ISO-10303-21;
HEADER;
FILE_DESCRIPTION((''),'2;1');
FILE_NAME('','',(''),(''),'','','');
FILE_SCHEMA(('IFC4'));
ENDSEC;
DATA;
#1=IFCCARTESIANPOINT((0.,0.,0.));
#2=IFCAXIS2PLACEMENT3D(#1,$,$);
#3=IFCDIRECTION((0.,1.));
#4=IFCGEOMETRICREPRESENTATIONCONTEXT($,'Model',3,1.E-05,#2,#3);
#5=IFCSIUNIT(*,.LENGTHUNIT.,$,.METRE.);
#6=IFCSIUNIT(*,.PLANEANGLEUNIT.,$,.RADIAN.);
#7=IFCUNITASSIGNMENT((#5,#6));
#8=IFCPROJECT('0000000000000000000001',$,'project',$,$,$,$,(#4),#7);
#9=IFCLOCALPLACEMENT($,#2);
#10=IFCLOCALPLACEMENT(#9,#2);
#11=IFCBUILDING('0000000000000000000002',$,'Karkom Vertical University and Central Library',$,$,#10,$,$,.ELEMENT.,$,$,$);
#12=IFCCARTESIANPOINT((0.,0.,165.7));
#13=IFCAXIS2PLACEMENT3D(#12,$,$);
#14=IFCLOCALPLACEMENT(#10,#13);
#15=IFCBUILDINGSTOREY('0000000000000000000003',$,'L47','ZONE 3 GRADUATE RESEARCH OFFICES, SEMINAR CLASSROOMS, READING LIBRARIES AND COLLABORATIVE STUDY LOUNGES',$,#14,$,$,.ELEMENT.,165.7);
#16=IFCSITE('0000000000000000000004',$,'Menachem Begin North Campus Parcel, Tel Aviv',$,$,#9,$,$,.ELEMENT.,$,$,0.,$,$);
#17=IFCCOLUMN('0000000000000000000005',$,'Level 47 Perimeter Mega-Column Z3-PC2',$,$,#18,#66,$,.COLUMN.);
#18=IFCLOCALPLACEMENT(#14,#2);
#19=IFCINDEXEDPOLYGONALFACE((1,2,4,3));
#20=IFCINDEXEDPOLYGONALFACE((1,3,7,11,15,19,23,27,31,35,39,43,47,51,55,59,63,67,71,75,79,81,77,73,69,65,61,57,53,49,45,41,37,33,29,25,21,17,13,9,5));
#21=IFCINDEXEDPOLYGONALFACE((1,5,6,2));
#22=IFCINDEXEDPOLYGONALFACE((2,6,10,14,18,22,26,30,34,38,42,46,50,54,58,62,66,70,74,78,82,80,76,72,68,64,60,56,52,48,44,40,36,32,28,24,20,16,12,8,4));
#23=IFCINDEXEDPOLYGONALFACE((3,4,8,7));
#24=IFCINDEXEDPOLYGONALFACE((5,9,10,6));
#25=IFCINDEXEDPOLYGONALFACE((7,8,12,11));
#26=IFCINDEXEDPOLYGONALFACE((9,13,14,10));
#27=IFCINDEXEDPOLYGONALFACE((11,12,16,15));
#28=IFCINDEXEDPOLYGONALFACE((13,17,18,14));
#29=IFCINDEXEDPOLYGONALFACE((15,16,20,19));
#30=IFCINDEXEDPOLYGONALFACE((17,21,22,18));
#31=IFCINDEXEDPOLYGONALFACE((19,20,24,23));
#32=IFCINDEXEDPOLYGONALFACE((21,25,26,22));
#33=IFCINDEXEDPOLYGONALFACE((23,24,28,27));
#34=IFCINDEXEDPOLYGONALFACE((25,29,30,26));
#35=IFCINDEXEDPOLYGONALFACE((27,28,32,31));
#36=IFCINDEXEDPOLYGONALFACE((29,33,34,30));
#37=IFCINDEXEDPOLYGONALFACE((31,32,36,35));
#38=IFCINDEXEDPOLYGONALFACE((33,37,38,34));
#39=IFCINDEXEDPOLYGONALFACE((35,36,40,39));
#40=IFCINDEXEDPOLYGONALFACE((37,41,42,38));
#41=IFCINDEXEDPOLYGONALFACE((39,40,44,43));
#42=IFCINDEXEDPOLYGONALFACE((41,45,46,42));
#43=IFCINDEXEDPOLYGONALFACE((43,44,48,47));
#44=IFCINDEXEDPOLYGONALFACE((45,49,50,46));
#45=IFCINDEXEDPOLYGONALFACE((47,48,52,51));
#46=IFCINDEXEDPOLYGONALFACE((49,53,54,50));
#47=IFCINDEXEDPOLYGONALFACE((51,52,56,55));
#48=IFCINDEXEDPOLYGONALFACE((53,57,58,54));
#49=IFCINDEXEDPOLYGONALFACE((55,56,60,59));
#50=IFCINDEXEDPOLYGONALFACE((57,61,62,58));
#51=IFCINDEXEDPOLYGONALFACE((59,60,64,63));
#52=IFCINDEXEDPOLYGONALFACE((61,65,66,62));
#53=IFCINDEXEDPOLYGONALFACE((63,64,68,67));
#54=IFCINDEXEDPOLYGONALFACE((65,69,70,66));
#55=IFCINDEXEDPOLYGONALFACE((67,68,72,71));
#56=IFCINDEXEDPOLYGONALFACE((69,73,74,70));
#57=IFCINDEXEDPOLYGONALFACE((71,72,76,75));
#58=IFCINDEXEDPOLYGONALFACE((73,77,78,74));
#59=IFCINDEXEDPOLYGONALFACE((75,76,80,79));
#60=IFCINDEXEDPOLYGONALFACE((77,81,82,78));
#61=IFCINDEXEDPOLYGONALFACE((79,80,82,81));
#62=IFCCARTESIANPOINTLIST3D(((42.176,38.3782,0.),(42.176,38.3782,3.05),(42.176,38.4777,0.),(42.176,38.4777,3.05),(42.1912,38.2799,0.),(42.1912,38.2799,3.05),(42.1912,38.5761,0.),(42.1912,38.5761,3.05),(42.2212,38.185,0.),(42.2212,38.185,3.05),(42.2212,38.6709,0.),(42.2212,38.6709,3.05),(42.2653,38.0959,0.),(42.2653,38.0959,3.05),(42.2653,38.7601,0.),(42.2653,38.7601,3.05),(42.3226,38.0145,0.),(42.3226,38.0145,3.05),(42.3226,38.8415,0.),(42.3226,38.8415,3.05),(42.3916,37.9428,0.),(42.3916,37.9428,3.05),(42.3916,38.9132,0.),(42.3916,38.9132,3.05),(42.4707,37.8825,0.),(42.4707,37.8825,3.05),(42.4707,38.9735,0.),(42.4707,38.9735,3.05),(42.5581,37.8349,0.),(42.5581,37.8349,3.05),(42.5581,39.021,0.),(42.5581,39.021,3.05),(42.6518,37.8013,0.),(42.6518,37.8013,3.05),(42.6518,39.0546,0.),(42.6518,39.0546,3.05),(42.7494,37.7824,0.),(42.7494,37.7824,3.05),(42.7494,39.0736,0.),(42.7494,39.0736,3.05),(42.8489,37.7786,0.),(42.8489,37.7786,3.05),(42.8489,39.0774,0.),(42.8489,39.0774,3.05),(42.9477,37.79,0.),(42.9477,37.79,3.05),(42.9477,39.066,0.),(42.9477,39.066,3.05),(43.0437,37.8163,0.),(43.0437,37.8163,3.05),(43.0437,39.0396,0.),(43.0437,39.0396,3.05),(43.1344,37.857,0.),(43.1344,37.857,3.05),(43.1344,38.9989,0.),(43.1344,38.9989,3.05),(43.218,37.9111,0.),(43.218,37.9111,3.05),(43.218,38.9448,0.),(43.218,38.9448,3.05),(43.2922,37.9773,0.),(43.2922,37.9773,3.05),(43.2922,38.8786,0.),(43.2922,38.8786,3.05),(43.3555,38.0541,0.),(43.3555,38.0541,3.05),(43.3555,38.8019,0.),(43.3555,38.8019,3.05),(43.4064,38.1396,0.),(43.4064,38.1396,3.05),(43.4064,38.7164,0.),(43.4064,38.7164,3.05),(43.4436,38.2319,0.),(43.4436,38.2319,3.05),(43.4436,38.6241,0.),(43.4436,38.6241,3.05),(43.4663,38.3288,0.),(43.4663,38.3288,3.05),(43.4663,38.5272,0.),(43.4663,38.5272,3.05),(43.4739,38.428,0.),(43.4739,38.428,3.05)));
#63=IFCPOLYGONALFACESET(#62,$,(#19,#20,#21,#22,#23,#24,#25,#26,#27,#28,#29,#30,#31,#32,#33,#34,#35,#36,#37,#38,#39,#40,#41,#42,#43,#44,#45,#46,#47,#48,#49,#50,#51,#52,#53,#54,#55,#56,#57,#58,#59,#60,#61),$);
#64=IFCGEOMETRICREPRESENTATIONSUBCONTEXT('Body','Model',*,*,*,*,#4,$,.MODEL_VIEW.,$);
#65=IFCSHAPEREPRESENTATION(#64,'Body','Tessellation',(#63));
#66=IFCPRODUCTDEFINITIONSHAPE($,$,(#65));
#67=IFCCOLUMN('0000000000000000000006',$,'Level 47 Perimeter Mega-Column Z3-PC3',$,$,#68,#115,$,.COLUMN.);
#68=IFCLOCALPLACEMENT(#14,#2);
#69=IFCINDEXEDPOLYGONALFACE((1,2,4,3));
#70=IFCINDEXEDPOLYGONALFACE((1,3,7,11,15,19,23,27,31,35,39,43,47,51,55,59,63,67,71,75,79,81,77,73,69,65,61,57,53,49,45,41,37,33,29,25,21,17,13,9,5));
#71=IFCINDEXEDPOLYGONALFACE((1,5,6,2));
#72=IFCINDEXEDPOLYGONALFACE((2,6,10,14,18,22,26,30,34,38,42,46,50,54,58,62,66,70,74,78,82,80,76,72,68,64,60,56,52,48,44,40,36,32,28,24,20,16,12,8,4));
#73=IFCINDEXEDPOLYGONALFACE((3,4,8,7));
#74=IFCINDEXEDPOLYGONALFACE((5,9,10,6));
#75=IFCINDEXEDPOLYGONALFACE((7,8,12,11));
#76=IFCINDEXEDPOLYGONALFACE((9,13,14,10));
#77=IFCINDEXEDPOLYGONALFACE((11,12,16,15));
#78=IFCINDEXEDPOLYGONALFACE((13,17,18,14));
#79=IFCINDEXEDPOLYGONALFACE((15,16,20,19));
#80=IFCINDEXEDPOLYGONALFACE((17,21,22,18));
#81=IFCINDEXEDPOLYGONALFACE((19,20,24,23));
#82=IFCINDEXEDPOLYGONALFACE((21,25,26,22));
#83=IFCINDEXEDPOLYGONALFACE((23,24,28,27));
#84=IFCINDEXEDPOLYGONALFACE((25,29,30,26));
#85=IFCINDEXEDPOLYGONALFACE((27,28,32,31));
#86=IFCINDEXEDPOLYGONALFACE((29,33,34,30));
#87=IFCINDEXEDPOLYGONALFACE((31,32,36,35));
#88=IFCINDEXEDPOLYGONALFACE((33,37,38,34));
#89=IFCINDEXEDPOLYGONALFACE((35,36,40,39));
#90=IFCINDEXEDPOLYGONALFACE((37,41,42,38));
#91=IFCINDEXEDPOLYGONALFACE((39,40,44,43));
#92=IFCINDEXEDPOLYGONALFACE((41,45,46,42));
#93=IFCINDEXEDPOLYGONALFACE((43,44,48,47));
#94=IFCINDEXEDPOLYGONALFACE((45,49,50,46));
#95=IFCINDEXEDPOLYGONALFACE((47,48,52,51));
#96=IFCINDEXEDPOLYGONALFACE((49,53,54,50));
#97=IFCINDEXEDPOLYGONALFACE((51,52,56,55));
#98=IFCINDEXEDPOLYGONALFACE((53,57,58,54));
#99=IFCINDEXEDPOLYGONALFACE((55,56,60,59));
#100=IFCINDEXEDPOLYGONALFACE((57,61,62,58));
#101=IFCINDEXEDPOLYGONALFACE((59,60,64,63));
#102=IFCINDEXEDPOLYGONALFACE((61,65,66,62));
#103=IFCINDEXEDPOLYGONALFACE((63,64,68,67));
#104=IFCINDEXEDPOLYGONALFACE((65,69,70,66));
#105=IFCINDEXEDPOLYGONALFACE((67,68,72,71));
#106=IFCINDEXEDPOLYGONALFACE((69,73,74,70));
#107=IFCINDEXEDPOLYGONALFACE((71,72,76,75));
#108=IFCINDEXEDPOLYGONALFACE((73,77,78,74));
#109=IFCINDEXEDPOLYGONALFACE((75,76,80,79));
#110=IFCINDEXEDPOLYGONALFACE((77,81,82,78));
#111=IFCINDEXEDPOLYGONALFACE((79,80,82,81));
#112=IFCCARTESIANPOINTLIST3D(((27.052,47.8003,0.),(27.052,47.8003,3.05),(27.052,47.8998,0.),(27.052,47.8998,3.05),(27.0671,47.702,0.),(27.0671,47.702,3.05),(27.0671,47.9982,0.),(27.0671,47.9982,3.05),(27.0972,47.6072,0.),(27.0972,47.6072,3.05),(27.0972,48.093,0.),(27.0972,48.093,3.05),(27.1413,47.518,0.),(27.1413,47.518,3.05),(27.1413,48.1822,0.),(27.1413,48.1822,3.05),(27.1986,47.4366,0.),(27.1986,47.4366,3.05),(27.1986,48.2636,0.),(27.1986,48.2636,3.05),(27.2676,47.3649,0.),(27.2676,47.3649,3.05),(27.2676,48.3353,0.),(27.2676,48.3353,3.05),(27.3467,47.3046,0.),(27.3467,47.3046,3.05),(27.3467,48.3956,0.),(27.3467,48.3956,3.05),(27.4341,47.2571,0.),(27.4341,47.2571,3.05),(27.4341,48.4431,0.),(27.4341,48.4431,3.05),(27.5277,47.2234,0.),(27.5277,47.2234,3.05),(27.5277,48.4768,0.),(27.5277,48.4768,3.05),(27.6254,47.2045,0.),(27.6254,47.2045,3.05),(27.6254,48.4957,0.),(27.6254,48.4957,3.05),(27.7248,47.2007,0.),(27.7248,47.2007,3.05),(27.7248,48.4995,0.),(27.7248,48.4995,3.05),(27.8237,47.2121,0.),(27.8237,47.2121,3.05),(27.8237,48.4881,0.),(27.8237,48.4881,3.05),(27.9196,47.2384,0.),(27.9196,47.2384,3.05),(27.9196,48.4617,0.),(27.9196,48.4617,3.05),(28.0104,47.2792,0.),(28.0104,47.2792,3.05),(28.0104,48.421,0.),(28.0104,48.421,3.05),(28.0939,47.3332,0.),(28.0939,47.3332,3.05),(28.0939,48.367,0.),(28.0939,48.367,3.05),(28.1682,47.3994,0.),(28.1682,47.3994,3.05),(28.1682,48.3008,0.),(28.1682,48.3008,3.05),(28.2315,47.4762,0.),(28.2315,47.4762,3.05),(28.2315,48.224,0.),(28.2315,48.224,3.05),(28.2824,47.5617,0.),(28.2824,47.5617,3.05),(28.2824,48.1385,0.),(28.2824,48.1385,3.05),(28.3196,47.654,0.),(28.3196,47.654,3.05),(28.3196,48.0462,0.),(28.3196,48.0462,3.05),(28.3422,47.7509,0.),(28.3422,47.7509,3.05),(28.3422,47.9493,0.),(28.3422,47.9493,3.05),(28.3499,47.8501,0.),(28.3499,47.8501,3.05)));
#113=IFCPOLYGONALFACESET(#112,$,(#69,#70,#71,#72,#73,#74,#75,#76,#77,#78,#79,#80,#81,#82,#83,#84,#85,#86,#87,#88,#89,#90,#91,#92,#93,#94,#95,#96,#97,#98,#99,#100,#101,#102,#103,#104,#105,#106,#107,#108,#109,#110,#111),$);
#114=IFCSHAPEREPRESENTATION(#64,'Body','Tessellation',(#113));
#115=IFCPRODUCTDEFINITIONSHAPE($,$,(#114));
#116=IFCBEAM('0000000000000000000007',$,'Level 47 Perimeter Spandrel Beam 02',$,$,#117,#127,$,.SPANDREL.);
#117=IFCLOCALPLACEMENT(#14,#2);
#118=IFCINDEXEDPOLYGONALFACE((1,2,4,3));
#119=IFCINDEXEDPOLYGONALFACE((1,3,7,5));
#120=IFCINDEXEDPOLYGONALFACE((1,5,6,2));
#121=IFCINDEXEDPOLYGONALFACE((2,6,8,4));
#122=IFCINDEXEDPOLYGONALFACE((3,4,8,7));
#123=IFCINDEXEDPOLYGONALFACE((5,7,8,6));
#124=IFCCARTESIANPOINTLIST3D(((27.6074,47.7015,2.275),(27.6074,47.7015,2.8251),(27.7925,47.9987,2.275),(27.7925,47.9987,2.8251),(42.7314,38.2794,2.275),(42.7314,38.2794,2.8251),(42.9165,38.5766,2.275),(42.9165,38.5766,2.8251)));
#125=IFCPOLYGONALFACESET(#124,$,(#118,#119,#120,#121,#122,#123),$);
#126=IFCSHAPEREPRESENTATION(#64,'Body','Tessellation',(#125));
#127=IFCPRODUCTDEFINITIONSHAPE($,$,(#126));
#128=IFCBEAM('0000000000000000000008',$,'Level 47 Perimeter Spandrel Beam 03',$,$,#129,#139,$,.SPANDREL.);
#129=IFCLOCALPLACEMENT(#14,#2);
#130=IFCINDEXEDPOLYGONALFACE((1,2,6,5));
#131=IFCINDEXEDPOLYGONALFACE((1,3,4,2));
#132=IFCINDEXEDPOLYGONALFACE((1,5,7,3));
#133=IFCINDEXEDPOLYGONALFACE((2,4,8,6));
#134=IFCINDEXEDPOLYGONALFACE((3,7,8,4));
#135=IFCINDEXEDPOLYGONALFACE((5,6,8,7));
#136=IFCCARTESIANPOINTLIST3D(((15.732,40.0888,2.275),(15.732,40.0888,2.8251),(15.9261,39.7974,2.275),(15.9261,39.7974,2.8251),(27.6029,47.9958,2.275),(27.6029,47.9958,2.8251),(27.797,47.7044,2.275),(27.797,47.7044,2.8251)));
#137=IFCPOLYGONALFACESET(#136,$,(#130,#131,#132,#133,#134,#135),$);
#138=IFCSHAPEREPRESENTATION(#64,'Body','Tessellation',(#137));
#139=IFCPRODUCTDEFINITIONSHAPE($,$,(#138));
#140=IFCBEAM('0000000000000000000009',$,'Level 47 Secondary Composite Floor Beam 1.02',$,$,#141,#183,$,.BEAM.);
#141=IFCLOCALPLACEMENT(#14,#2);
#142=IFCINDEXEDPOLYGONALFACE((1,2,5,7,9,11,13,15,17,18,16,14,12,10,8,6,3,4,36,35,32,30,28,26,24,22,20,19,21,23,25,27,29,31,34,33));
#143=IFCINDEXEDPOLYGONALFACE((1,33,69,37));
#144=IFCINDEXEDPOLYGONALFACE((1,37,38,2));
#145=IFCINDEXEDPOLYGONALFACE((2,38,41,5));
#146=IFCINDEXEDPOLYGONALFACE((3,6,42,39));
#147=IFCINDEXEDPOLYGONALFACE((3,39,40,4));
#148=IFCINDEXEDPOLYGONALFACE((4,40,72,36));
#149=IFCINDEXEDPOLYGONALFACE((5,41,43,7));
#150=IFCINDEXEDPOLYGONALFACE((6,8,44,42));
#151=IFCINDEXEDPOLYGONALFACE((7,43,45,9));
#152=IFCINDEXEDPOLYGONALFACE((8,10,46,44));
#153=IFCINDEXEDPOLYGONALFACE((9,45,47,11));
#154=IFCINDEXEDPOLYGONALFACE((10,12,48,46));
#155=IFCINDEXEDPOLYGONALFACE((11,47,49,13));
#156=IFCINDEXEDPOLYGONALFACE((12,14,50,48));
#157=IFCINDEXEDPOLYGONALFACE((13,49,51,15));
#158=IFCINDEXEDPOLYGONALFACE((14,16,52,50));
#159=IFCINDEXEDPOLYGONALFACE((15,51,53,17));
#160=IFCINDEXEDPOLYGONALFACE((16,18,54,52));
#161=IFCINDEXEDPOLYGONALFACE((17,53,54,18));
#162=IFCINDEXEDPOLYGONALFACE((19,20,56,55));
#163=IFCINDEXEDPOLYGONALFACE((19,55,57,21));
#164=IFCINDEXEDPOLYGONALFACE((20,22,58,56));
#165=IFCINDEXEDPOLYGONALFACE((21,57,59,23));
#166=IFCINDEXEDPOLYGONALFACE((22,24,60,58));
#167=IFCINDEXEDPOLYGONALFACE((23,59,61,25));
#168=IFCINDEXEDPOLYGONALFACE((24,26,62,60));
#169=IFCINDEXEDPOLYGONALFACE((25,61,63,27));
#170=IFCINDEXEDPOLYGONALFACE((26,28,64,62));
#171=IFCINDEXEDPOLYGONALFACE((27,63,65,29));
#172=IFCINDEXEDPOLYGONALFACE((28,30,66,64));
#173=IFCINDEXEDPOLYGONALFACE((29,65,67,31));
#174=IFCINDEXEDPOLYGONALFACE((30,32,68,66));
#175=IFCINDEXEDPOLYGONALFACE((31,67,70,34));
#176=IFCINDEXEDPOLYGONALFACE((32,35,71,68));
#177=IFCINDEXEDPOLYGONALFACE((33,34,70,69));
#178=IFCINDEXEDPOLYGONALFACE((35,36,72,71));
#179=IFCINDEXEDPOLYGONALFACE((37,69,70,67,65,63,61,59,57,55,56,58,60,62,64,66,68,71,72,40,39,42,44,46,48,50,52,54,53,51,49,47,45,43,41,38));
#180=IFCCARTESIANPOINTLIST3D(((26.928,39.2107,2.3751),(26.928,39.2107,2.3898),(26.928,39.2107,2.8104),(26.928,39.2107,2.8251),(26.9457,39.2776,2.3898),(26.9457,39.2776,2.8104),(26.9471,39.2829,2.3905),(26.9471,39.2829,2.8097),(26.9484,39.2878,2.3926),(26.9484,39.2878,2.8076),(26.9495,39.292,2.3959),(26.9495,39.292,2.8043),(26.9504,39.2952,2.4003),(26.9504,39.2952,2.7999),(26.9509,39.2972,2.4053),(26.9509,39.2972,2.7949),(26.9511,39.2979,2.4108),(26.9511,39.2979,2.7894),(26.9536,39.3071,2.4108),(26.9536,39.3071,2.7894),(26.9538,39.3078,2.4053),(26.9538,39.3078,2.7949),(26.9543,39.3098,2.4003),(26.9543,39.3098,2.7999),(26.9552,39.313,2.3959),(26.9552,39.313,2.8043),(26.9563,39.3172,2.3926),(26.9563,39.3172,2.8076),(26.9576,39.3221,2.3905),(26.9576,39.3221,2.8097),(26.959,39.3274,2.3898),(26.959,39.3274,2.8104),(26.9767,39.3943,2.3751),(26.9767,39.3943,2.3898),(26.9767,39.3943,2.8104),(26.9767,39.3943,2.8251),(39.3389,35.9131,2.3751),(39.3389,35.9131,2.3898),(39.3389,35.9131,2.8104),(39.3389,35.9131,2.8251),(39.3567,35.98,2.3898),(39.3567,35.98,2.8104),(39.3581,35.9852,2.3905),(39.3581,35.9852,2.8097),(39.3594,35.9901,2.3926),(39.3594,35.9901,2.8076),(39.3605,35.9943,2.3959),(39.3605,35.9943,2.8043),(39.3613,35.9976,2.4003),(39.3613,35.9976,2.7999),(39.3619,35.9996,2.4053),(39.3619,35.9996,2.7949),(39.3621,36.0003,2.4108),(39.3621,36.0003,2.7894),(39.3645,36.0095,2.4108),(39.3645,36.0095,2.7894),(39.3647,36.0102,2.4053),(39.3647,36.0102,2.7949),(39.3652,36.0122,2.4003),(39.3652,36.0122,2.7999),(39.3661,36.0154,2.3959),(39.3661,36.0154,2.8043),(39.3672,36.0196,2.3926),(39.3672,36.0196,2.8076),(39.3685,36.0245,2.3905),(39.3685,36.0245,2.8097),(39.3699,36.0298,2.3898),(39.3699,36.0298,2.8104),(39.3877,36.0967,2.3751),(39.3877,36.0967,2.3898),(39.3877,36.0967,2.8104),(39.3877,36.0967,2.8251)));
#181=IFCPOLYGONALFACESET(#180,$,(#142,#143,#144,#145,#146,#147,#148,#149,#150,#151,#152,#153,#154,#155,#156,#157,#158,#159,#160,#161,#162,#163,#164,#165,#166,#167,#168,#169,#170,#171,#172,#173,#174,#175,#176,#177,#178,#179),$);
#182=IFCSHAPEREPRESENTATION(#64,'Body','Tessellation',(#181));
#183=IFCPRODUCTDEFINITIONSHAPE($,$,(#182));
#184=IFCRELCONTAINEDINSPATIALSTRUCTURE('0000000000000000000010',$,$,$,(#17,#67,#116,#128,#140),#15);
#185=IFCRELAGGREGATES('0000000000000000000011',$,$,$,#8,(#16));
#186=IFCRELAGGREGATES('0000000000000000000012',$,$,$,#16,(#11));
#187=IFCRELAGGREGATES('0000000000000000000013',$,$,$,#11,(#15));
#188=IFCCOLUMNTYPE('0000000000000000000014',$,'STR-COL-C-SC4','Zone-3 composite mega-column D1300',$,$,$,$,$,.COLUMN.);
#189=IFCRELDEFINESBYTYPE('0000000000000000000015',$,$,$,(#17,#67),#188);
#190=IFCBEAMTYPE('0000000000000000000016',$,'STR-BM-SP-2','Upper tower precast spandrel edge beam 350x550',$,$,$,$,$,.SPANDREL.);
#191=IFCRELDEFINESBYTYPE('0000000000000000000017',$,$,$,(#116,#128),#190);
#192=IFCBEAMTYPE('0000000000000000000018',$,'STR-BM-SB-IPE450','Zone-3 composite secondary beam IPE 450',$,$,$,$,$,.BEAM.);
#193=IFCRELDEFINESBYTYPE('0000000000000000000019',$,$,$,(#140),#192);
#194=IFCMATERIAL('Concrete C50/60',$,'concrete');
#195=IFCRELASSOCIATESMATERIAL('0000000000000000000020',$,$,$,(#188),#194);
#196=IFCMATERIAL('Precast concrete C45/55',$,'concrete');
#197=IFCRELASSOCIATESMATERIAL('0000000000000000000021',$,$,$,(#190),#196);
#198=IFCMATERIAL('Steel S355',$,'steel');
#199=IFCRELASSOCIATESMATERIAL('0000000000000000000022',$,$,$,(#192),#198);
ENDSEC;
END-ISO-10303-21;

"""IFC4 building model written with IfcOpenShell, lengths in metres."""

from ifc_helpers import new_model, si_unit, direction, frame, origin, origin_with_axes, origin_2d, place, context, subcontext, project, spatial, rectangle, circle, i_section, extrude, source, transform, mapped, material, material_profile, profile_set, type_object, element, save


model = new_model("IFC4")

# Units and contexts
model_context = context("Model", 3, precision=1e-05, world=origin(), true_north=direction((0.0, 1.0)))
body_context = subcontext(model_context, "Body", "Model", "MODEL_VIEW")
ifc_project = project(units=[si_unit("LENGTHUNIT", "METRE"), si_unit("PLANEANGLEUNIT", "RADIAN")], contexts=[model_context])

# Site, building, storey
site_placement = place(None, origin())
site = spatial("IfcSite", under=ifc_project, at=site_placement, Name="Menachem Begin North Campus Parcel, Tel Aviv", CompositionType="ELEMENT", RefElevation=0.0)
building_placement = place(site_placement, origin())
building = spatial("IfcBuilding", under=site, at=building_placement, Name="Karkom Vertical University and Central Library", CompositionType="ELEMENT")
storey_placement = place(building_placement, frame((0.0, 0.0, 165.7)))
storey = spatial("IfcBuildingStorey", under=building, at=storey_placement, Name="L47", Description="ZONE 3 GRADUATE RESEARCH OFFICES, SEMINAR CLASSROOMS, READING LIBRARIES AND COLLABORATIVE STUDY LOUNGES", CompositionType="ELEMENT", Elevation=165.7)

# Columns
ifc_material_1 = material(Name="Concrete C50/60", Category="concrete")
ifc_material_profile_1 = material_profile(ifc_material_1, circle(Radius=0.6499, at=origin_2d()), Name="CFT-D1300")
ifc_profile_set_1 = profile_set([ifc_material_profile_1], Name="Concrete C50/60")
column_type = type_object("IfcColumnType", Name="STR-COL-C-SC4", Description="Zone-3 composite mega-column D1300", PredefinedType="COLUMN", material=ifc_profile_set_1)
shared_shape_1 = source(origin_with_axes(), body_context, "Body", "SweptSolid", [
    extrude(circle(Radius=0.6499, at=origin_2d()), origin(), (0.0, 0.0, 1.0), 3.05),
])
for number, where, z_axis, x_axis, name in (
    (1, (42.824, 38.428, 0.0), (0.0, 0.0, 1.0), (1.0, 0.0, 0.0), "Level 47 Perimeter Mega-Column Z3-PC2"),
    (2, (27.7, 47.8501, 0.0), (0.0, 0.0, 1.0), (1.0, 0.0, 0.0), "Level 47 Perimeter Mega-Column Z3-PC3"),
):
    element("IfcColumn", number, at=place(storey_placement, frame(where, z_axis=z_axis, x_axis=x_axis)), inside=storey, type_object=column_type, Name=name, PredefinedType="COLUMN", context=body_context, shape_type="MappedRepresentation", body=[
        mapped(shared_shape_1, transform((0.0, 0.0, 0.0), scale=1.0)),
    ])

# Beams
ifc_material_2 = material(Name="Precast concrete C45/55", Category="concrete")
ifc_material_profile_2 = material_profile(ifc_material_2, rectangle(XDim=0.3501, YDim=0.55, at=origin_2d()), Name="SPB-350x550")
ifc_profile_set_2 = profile_set([ifc_material_profile_2], Name="Precast concrete C45/55")
beam_type_1 = type_object("IfcBeamType", Name="STR-BM-SP-2", Description="Upper tower precast spandrel edge beam 350x550", PredefinedType="SPANDREL", material=ifc_profile_set_2)
shared_shape_2 = source(origin_with_axes(), body_context, "Body", "SweptSolid", [
    extrude(rectangle(XDim=0.3501, YDim=0.55, at=origin_2d()), origin(), (0.0, 0.0, 1.0), 17.8188),
])
beam_1_placement = place(storey_placement, frame((42.824, 38.428, 2.55), z_axis=(-0.848764, 0.528772, 0.0), x_axis=(-0.528772, -0.848764, 0.0)))
element("IfcBeam", 3, at=beam_1_placement, inside=storey, type_object=beam_type_1, Name="Level 47 Perimeter Spandrel Beam 02", PredefinedType="SPANDREL", context=body_context, shape_type="MappedRepresentation", body=[
    mapped(shared_shape_2, transform((0.0, 0.0, 0.0), scale=1.0)),
])
shared_shape_3 = source(origin_with_axes(), body_context, "Body", "SweptSolid", [
    extrude(rectangle(XDim=0.3501, YDim=0.55, at=origin_2d()), origin(), (0.0, 0.0, 1.0), 14.2632),
])
beam_2_placement = place(storey_placement, frame((27.7, 47.8501, 2.55), z_axis=(-0.832274, -0.554364, 0.0), x_axis=(0.554364, -0.832274, 0.0)))
element("IfcBeam", 4, at=beam_2_placement, inside=storey, type_object=beam_type_1, Name="Level 47 Perimeter Spandrel Beam 03", PredefinedType="SPANDREL", context=body_context, shape_type="MappedRepresentation", body=[
    mapped(shared_shape_3, transform((0.0, 0.0, 0.0), scale=1.0)),
])
ifc_material_3 = material(Name="Steel S355", Category="steel")
ifc_material_profile_3 = material_profile(ifc_material_3, i_section(OverallWidth=0.1899, OverallDepth=0.45, WebThickness=0.0095, FlangeThickness=0.0146, FilletRadius=0.021, at=origin_2d()), Name="IPE 450")
ifc_profile_set_3 = profile_set([ifc_material_profile_3], Name="Steel S355")
beam_type_2 = type_object("IfcBeamType", Name="STR-BM-SB-IPE450", Description="Zone-3 composite secondary beam IPE 450", PredefinedType="BEAM", material=ifc_profile_set_3)
shared_shape_4 = source(origin_with_axes(), body_context, "Body", "SweptSolid", [
    extrude(i_section(OverallWidth=0.1899, OverallDepth=0.45, WebThickness=0.0095, FlangeThickness=0.0146, FilletRadius=0.021, at=origin_2d()), origin(), (0.0, 0.0, 1.0), 12.8416),
])
beam_3_placement = place(storey_placement, frame((39.3633, 36.0049, 2.6001), z_axis=(-0.966466, 0.256793, 0.0), x_axis=(-0.256793, -0.966466, 0.0)))
element("IfcBeam", 5, at=beam_3_placement, inside=storey, type_object=beam_type_2, Name="Level 47 Secondary Composite Floor Beam 1.02", PredefinedType="BEAM", context=body_context, shape_type="MappedRepresentation", body=[
    mapped(shared_shape_4, transform((0.0, 0.0, 0.0), scale=1.0)),
])

save(model, "model.ifc")
